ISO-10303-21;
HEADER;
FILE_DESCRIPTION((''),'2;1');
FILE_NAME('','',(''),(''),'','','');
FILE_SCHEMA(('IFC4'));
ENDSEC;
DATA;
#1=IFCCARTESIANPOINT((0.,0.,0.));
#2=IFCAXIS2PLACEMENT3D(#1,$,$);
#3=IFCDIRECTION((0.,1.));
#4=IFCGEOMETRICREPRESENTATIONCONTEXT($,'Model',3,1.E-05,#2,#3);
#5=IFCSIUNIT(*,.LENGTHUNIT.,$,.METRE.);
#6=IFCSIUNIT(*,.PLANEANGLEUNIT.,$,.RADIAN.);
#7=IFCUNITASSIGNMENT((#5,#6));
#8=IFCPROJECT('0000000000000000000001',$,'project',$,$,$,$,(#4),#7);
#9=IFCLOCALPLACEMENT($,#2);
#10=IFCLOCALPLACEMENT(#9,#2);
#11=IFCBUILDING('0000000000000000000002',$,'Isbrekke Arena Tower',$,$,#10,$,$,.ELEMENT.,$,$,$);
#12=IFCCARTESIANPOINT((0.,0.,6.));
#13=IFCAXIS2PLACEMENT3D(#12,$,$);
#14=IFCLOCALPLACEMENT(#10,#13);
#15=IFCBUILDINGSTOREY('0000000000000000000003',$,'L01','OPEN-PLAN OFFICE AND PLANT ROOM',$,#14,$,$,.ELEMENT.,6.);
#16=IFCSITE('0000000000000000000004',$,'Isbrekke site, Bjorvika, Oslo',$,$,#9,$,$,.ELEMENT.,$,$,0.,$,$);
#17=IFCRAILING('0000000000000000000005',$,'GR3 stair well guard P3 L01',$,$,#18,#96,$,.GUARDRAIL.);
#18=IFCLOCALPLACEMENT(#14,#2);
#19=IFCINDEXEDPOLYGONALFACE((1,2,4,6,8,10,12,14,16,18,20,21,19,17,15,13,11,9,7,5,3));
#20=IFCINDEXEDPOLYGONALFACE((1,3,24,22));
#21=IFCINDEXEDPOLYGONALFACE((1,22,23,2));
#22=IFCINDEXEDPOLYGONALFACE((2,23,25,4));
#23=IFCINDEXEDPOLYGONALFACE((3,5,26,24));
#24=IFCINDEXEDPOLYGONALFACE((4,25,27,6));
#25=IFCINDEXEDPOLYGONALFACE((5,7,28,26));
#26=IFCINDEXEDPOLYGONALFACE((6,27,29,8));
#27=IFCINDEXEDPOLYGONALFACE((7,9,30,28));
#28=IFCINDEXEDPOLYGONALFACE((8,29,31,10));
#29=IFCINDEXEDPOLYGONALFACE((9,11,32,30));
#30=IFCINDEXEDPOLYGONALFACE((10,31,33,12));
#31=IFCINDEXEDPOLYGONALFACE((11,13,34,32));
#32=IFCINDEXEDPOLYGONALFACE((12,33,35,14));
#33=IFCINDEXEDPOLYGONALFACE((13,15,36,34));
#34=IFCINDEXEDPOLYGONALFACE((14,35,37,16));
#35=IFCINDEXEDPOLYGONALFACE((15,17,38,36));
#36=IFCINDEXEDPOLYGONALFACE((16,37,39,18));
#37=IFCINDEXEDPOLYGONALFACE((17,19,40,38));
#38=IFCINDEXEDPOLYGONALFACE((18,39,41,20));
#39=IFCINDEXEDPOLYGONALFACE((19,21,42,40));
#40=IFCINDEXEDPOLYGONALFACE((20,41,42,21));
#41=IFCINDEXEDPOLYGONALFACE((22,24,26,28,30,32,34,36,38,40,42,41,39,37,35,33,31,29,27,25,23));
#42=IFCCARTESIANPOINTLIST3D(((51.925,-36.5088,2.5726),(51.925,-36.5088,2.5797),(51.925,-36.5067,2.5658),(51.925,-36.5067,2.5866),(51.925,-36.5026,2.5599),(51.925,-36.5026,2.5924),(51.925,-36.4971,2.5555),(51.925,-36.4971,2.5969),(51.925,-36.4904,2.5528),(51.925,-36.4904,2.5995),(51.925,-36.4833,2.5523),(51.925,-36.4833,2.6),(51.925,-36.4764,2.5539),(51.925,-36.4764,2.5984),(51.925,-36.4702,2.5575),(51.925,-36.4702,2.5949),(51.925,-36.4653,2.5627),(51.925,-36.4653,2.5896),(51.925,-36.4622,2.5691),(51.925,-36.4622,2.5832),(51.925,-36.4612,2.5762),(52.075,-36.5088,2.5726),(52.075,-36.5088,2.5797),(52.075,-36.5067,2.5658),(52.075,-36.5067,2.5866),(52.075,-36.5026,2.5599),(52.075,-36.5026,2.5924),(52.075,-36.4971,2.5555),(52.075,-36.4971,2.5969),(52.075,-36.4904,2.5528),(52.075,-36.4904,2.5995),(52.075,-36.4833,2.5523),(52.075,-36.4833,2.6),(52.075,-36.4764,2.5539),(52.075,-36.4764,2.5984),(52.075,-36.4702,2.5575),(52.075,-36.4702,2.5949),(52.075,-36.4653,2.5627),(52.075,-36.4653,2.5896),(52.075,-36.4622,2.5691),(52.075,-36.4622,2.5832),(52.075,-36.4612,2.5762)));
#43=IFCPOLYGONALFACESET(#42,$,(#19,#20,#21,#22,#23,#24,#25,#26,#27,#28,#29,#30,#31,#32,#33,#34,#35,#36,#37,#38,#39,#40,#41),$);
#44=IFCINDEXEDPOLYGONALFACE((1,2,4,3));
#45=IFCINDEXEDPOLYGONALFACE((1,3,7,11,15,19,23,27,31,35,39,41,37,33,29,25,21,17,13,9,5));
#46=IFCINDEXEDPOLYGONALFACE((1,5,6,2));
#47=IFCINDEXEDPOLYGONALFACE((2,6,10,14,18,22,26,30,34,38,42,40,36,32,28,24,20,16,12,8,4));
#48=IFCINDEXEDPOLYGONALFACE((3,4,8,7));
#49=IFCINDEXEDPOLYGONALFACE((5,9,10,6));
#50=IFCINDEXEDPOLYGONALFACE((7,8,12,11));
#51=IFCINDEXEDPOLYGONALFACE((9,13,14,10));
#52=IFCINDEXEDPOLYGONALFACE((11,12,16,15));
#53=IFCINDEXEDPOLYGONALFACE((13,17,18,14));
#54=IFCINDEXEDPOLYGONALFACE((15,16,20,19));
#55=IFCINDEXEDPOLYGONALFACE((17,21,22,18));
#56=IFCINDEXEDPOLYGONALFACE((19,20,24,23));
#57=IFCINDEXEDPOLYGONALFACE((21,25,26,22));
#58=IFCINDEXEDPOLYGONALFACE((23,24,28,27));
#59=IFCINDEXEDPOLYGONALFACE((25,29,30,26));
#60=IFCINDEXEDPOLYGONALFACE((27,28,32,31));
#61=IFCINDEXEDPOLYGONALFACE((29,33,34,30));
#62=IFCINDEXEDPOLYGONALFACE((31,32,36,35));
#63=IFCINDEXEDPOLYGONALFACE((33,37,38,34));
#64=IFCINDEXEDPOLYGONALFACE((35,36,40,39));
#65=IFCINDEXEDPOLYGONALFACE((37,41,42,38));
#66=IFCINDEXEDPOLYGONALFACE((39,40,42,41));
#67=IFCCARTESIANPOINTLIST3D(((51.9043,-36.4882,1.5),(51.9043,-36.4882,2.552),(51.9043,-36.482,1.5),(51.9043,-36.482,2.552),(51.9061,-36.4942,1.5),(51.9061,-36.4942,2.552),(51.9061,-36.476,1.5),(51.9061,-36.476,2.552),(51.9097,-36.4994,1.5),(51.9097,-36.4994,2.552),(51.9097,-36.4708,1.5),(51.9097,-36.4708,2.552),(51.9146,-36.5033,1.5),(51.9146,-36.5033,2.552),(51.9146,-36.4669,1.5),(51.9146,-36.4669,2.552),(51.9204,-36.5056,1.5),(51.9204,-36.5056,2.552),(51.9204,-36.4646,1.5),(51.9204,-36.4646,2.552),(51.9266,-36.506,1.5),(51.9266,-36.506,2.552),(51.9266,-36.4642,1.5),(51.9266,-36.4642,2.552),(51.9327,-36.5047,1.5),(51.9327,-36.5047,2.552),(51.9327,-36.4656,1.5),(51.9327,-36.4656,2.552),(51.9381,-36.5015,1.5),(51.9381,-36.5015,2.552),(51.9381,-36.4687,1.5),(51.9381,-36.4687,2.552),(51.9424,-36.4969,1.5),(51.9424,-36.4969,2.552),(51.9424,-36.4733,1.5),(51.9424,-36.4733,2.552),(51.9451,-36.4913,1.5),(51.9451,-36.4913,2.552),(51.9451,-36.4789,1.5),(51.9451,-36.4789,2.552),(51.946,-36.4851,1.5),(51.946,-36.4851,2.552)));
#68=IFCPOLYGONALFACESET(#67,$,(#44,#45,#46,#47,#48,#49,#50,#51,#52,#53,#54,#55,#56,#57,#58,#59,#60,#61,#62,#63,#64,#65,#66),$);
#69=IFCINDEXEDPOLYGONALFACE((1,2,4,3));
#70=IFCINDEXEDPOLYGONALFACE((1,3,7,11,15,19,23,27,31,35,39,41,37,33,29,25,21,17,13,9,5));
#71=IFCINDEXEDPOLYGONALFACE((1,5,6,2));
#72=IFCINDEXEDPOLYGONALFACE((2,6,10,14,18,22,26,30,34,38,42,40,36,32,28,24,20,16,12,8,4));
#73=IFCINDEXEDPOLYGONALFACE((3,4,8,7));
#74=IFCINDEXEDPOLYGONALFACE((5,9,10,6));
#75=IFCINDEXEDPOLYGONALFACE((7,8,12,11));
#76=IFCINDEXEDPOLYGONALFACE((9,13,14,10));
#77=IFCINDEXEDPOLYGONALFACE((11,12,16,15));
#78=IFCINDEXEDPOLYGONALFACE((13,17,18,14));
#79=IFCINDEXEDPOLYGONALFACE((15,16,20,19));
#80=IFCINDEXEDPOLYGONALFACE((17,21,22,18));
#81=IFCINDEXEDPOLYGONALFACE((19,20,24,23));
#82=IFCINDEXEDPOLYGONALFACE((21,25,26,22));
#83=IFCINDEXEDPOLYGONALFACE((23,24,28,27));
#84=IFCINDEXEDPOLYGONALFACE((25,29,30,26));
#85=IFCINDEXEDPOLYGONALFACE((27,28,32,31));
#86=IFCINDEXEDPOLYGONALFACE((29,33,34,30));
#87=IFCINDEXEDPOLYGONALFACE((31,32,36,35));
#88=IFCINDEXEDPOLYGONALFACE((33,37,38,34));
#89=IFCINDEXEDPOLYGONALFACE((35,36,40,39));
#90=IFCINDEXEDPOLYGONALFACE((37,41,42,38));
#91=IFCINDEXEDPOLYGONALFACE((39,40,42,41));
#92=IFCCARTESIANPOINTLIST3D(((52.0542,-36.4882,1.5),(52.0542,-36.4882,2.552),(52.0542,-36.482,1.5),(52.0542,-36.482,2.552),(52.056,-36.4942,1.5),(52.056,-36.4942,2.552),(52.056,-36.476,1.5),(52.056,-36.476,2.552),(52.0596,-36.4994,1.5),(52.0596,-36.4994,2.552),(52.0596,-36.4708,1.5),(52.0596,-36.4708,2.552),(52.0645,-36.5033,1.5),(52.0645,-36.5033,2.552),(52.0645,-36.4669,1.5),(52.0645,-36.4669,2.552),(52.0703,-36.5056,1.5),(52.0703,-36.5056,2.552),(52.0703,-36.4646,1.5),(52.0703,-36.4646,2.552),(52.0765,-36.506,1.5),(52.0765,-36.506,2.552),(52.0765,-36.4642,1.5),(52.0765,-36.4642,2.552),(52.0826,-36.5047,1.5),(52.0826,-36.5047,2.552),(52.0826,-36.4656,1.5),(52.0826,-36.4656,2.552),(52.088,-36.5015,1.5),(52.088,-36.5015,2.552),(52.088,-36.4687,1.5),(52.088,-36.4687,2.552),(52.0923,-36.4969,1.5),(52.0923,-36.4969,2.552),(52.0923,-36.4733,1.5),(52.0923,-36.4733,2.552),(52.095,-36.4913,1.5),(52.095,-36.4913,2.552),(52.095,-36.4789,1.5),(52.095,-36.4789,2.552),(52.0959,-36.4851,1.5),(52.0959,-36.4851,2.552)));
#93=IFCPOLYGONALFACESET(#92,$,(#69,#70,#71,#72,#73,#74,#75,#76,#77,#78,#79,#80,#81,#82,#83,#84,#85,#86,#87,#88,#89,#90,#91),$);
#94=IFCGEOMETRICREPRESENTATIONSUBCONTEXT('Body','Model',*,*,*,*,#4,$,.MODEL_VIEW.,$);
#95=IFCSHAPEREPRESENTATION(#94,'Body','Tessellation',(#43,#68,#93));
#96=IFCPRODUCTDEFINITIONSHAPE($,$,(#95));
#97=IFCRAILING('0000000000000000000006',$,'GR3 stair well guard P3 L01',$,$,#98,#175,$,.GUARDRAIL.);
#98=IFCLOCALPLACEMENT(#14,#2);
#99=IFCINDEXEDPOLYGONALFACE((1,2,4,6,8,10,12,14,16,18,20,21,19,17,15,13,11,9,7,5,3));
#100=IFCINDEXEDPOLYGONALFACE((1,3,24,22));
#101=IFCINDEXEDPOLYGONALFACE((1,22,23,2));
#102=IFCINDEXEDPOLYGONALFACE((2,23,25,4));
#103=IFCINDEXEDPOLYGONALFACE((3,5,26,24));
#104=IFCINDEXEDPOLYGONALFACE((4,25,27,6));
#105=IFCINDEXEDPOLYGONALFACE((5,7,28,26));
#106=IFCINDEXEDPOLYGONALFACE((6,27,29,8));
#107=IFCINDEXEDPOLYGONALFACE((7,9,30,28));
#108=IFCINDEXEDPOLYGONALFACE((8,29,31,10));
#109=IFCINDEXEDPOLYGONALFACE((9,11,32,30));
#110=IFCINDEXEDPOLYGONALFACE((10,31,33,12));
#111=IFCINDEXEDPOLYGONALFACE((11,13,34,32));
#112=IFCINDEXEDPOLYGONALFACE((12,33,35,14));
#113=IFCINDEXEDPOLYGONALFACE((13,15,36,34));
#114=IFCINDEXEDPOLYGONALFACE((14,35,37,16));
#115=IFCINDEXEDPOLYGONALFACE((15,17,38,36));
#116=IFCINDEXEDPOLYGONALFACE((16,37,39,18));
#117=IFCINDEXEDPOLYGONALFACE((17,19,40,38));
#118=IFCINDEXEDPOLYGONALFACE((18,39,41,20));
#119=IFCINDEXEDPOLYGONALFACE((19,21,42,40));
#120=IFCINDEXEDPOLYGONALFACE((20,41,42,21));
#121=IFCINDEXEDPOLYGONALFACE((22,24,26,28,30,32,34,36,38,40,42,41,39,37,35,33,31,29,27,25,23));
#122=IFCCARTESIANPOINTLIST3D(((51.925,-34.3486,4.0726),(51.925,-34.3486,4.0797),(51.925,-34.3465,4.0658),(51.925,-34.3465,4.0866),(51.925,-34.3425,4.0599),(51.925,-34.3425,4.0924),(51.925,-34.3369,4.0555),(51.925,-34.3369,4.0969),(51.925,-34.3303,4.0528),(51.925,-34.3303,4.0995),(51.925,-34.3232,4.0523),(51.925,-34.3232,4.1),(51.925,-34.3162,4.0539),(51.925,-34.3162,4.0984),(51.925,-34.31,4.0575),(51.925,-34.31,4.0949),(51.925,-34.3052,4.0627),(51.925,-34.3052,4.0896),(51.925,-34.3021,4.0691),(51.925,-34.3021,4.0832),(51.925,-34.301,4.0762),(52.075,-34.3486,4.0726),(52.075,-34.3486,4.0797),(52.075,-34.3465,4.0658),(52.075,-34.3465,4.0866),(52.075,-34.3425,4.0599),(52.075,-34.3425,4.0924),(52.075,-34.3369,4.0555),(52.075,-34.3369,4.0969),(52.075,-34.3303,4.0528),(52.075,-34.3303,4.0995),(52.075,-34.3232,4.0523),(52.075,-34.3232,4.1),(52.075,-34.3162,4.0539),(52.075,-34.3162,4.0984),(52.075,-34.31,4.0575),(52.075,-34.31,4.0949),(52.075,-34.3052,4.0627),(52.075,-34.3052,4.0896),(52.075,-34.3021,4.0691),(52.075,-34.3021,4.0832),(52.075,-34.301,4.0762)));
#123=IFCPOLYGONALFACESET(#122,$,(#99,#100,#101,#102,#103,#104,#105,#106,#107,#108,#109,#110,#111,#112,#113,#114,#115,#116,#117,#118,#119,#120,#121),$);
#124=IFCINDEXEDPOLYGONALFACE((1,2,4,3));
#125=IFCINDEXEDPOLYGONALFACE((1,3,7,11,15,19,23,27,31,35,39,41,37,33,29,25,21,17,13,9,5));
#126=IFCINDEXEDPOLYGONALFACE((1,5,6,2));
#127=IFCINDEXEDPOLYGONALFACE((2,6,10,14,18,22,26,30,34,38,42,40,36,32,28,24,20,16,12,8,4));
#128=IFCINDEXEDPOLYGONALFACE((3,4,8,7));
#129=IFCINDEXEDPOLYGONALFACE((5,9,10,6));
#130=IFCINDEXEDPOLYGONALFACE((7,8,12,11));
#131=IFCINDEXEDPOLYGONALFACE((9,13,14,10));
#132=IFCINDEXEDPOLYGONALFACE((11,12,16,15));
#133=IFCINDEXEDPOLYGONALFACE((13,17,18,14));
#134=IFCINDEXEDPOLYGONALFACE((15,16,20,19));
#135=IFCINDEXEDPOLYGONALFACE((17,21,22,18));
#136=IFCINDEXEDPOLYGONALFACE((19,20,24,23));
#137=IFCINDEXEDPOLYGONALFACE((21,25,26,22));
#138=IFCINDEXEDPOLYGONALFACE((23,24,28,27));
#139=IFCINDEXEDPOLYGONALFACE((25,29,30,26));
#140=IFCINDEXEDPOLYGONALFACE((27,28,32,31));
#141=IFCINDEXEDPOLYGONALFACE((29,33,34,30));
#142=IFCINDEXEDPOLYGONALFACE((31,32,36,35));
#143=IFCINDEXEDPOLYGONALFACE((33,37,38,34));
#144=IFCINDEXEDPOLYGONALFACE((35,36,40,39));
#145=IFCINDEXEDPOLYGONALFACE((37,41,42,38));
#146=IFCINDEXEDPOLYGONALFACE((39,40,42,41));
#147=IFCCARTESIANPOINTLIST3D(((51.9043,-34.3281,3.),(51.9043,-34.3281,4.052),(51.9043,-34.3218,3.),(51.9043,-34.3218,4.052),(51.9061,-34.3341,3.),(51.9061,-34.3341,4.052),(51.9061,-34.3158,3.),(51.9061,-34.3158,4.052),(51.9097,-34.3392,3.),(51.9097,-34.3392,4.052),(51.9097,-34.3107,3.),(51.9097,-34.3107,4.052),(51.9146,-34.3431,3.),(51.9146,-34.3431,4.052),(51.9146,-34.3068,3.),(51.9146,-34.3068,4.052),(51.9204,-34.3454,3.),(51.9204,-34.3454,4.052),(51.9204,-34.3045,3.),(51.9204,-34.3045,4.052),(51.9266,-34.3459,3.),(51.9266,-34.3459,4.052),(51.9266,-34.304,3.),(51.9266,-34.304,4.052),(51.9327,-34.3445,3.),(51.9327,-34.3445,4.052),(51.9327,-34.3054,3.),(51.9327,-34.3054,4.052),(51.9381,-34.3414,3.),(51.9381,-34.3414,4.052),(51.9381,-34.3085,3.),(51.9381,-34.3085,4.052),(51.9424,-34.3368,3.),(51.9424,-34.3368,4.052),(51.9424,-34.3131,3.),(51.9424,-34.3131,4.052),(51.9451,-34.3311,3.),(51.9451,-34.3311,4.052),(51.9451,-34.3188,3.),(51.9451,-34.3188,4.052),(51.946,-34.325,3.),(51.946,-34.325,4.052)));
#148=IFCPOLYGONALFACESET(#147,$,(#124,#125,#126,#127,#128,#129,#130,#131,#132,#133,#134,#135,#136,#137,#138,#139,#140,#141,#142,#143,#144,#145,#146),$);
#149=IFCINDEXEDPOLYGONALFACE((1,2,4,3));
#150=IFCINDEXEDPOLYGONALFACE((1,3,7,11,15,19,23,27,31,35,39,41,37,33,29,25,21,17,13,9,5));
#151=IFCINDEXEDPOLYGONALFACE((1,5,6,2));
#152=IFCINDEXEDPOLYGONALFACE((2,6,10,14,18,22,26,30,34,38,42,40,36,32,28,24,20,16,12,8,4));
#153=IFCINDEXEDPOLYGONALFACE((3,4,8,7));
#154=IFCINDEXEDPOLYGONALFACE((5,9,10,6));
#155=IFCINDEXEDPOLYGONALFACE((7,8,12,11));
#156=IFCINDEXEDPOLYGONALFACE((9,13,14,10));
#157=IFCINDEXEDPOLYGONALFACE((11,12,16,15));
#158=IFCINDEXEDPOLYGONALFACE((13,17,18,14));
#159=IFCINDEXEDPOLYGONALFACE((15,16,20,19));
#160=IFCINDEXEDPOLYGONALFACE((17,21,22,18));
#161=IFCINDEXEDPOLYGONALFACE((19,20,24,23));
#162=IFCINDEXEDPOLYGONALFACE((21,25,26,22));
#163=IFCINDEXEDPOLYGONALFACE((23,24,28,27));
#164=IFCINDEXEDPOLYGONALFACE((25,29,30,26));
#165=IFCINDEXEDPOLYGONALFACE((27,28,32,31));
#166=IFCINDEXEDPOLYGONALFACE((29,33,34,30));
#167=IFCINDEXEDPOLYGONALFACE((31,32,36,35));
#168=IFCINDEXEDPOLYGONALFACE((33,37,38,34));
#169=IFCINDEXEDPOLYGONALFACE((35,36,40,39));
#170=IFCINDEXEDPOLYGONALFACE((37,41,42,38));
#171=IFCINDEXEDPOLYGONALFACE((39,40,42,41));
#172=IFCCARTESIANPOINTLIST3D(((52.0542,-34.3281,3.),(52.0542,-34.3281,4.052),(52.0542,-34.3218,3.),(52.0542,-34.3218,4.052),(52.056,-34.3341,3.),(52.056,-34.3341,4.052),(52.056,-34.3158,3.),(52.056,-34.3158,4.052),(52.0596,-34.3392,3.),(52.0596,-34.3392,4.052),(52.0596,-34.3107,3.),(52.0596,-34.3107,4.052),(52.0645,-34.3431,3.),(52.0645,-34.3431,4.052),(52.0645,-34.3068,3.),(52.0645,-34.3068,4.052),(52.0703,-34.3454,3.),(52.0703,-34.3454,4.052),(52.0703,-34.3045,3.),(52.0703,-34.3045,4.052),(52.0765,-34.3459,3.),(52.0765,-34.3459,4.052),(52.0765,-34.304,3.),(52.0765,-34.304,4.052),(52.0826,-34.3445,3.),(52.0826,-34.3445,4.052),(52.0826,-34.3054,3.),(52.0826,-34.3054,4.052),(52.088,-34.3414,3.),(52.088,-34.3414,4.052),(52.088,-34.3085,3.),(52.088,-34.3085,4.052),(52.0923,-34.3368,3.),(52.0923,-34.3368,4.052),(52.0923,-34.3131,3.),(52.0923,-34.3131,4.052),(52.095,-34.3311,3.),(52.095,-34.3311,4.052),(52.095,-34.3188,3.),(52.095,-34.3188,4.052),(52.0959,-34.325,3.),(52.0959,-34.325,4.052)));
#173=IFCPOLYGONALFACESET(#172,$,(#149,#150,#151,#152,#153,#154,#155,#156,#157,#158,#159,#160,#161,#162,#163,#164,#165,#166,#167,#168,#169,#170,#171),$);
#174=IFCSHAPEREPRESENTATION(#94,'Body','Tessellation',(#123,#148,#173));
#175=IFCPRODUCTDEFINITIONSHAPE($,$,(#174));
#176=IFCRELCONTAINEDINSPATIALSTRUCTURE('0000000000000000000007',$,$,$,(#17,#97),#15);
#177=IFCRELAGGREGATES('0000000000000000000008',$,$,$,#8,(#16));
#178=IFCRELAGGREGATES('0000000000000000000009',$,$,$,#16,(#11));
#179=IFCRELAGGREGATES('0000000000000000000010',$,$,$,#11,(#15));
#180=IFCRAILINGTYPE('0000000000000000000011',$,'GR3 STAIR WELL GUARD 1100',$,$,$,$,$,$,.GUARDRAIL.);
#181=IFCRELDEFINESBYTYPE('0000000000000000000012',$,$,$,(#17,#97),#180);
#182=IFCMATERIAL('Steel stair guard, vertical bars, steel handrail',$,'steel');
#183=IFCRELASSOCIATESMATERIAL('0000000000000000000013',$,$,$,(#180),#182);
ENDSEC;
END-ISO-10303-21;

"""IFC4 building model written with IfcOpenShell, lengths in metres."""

from ifc_helpers import new_model, si_unit, direction, frame, origin, origin_2d, place, context, subcontext, project, spatial, circle, extrude, material, type_object, element, save


model = new_model("IFC4")

# Units and contexts
model_context = context("Model", 3, precision=1e-05, world=origin(), true_north=direction((0.0, 1.0)))
body_context = subcontext(model_context, "Body", "Model", "MODEL_VIEW")
ifc_project = project(units=[si_unit("LENGTHUNIT", "METRE"), si_unit("PLANEANGLEUNIT", "RADIAN")], contexts=[model_context])

# Site, building, storey
site_placement = place(None, origin())
site = spatial("IfcSite", under=ifc_project, at=site_placement, Name="Isbrekke site, Bjorvika, Oslo", CompositionType="ELEMENT", RefElevation=0.0)
building_placement = place(site_placement, origin())
building = spatial("IfcBuilding", under=site, at=building_placement, Name="Isbrekke Arena Tower", CompositionType="ELEMENT")
storey_placement = place(building_placement, frame((0.0, 0.0, 6.0)))
storey = spatial("IfcBuildingStorey", under=building, at=storey_placement, Name="L01", Description="OPEN-PLAN OFFICE AND PLANT ROOM", CompositionType="ELEMENT", Elevation=6.0)

# Railings
ifc_material_1 = material(Name="Steel stair guard, vertical bars, steel handrail", Category="steel")
railing_type = type_object("IfcRailingType", Name="GR3 STAIR WELL GUARD 1100", PredefinedType="GUARDRAIL", material=ifc_material_1)
for number, where, name in (
    (1, (51.925, -36.4851, 1.5), "GR3 stair well guard P3 L01"),
    (2, (51.925, -34.325, 3.0), "GR3 stair well guard P3 L01"),
):
    element("IfcRailing", number, at=place(storey_placement, frame(where)), inside=storey, type_object=railing_type, Name=name, PredefinedType="GUARDRAIL", context=body_context, shape_type="SweptSolid", body=[
        extrude(circle(Radius=0.0239, at=origin_2d()), frame((0.0, 0.0, 1.0762), z_axis=(1.0, 0.0, 0.0), x_axis=(0.0, 1.0, 0.0)), (0.0, 0.0, 1.0), 0.1499),
        extrude(circle(Radius=0.021, at=origin_2d()), origin(), (0.0, 0.0, 1.0), 1.052),
        extrude(circle(Radius=0.021, at=origin_2d()), frame((0.1499, 0.0, 0.0)), (0.0, 0.0, 1.0), 1.052),
    ])

save(model, "model.ifc")
